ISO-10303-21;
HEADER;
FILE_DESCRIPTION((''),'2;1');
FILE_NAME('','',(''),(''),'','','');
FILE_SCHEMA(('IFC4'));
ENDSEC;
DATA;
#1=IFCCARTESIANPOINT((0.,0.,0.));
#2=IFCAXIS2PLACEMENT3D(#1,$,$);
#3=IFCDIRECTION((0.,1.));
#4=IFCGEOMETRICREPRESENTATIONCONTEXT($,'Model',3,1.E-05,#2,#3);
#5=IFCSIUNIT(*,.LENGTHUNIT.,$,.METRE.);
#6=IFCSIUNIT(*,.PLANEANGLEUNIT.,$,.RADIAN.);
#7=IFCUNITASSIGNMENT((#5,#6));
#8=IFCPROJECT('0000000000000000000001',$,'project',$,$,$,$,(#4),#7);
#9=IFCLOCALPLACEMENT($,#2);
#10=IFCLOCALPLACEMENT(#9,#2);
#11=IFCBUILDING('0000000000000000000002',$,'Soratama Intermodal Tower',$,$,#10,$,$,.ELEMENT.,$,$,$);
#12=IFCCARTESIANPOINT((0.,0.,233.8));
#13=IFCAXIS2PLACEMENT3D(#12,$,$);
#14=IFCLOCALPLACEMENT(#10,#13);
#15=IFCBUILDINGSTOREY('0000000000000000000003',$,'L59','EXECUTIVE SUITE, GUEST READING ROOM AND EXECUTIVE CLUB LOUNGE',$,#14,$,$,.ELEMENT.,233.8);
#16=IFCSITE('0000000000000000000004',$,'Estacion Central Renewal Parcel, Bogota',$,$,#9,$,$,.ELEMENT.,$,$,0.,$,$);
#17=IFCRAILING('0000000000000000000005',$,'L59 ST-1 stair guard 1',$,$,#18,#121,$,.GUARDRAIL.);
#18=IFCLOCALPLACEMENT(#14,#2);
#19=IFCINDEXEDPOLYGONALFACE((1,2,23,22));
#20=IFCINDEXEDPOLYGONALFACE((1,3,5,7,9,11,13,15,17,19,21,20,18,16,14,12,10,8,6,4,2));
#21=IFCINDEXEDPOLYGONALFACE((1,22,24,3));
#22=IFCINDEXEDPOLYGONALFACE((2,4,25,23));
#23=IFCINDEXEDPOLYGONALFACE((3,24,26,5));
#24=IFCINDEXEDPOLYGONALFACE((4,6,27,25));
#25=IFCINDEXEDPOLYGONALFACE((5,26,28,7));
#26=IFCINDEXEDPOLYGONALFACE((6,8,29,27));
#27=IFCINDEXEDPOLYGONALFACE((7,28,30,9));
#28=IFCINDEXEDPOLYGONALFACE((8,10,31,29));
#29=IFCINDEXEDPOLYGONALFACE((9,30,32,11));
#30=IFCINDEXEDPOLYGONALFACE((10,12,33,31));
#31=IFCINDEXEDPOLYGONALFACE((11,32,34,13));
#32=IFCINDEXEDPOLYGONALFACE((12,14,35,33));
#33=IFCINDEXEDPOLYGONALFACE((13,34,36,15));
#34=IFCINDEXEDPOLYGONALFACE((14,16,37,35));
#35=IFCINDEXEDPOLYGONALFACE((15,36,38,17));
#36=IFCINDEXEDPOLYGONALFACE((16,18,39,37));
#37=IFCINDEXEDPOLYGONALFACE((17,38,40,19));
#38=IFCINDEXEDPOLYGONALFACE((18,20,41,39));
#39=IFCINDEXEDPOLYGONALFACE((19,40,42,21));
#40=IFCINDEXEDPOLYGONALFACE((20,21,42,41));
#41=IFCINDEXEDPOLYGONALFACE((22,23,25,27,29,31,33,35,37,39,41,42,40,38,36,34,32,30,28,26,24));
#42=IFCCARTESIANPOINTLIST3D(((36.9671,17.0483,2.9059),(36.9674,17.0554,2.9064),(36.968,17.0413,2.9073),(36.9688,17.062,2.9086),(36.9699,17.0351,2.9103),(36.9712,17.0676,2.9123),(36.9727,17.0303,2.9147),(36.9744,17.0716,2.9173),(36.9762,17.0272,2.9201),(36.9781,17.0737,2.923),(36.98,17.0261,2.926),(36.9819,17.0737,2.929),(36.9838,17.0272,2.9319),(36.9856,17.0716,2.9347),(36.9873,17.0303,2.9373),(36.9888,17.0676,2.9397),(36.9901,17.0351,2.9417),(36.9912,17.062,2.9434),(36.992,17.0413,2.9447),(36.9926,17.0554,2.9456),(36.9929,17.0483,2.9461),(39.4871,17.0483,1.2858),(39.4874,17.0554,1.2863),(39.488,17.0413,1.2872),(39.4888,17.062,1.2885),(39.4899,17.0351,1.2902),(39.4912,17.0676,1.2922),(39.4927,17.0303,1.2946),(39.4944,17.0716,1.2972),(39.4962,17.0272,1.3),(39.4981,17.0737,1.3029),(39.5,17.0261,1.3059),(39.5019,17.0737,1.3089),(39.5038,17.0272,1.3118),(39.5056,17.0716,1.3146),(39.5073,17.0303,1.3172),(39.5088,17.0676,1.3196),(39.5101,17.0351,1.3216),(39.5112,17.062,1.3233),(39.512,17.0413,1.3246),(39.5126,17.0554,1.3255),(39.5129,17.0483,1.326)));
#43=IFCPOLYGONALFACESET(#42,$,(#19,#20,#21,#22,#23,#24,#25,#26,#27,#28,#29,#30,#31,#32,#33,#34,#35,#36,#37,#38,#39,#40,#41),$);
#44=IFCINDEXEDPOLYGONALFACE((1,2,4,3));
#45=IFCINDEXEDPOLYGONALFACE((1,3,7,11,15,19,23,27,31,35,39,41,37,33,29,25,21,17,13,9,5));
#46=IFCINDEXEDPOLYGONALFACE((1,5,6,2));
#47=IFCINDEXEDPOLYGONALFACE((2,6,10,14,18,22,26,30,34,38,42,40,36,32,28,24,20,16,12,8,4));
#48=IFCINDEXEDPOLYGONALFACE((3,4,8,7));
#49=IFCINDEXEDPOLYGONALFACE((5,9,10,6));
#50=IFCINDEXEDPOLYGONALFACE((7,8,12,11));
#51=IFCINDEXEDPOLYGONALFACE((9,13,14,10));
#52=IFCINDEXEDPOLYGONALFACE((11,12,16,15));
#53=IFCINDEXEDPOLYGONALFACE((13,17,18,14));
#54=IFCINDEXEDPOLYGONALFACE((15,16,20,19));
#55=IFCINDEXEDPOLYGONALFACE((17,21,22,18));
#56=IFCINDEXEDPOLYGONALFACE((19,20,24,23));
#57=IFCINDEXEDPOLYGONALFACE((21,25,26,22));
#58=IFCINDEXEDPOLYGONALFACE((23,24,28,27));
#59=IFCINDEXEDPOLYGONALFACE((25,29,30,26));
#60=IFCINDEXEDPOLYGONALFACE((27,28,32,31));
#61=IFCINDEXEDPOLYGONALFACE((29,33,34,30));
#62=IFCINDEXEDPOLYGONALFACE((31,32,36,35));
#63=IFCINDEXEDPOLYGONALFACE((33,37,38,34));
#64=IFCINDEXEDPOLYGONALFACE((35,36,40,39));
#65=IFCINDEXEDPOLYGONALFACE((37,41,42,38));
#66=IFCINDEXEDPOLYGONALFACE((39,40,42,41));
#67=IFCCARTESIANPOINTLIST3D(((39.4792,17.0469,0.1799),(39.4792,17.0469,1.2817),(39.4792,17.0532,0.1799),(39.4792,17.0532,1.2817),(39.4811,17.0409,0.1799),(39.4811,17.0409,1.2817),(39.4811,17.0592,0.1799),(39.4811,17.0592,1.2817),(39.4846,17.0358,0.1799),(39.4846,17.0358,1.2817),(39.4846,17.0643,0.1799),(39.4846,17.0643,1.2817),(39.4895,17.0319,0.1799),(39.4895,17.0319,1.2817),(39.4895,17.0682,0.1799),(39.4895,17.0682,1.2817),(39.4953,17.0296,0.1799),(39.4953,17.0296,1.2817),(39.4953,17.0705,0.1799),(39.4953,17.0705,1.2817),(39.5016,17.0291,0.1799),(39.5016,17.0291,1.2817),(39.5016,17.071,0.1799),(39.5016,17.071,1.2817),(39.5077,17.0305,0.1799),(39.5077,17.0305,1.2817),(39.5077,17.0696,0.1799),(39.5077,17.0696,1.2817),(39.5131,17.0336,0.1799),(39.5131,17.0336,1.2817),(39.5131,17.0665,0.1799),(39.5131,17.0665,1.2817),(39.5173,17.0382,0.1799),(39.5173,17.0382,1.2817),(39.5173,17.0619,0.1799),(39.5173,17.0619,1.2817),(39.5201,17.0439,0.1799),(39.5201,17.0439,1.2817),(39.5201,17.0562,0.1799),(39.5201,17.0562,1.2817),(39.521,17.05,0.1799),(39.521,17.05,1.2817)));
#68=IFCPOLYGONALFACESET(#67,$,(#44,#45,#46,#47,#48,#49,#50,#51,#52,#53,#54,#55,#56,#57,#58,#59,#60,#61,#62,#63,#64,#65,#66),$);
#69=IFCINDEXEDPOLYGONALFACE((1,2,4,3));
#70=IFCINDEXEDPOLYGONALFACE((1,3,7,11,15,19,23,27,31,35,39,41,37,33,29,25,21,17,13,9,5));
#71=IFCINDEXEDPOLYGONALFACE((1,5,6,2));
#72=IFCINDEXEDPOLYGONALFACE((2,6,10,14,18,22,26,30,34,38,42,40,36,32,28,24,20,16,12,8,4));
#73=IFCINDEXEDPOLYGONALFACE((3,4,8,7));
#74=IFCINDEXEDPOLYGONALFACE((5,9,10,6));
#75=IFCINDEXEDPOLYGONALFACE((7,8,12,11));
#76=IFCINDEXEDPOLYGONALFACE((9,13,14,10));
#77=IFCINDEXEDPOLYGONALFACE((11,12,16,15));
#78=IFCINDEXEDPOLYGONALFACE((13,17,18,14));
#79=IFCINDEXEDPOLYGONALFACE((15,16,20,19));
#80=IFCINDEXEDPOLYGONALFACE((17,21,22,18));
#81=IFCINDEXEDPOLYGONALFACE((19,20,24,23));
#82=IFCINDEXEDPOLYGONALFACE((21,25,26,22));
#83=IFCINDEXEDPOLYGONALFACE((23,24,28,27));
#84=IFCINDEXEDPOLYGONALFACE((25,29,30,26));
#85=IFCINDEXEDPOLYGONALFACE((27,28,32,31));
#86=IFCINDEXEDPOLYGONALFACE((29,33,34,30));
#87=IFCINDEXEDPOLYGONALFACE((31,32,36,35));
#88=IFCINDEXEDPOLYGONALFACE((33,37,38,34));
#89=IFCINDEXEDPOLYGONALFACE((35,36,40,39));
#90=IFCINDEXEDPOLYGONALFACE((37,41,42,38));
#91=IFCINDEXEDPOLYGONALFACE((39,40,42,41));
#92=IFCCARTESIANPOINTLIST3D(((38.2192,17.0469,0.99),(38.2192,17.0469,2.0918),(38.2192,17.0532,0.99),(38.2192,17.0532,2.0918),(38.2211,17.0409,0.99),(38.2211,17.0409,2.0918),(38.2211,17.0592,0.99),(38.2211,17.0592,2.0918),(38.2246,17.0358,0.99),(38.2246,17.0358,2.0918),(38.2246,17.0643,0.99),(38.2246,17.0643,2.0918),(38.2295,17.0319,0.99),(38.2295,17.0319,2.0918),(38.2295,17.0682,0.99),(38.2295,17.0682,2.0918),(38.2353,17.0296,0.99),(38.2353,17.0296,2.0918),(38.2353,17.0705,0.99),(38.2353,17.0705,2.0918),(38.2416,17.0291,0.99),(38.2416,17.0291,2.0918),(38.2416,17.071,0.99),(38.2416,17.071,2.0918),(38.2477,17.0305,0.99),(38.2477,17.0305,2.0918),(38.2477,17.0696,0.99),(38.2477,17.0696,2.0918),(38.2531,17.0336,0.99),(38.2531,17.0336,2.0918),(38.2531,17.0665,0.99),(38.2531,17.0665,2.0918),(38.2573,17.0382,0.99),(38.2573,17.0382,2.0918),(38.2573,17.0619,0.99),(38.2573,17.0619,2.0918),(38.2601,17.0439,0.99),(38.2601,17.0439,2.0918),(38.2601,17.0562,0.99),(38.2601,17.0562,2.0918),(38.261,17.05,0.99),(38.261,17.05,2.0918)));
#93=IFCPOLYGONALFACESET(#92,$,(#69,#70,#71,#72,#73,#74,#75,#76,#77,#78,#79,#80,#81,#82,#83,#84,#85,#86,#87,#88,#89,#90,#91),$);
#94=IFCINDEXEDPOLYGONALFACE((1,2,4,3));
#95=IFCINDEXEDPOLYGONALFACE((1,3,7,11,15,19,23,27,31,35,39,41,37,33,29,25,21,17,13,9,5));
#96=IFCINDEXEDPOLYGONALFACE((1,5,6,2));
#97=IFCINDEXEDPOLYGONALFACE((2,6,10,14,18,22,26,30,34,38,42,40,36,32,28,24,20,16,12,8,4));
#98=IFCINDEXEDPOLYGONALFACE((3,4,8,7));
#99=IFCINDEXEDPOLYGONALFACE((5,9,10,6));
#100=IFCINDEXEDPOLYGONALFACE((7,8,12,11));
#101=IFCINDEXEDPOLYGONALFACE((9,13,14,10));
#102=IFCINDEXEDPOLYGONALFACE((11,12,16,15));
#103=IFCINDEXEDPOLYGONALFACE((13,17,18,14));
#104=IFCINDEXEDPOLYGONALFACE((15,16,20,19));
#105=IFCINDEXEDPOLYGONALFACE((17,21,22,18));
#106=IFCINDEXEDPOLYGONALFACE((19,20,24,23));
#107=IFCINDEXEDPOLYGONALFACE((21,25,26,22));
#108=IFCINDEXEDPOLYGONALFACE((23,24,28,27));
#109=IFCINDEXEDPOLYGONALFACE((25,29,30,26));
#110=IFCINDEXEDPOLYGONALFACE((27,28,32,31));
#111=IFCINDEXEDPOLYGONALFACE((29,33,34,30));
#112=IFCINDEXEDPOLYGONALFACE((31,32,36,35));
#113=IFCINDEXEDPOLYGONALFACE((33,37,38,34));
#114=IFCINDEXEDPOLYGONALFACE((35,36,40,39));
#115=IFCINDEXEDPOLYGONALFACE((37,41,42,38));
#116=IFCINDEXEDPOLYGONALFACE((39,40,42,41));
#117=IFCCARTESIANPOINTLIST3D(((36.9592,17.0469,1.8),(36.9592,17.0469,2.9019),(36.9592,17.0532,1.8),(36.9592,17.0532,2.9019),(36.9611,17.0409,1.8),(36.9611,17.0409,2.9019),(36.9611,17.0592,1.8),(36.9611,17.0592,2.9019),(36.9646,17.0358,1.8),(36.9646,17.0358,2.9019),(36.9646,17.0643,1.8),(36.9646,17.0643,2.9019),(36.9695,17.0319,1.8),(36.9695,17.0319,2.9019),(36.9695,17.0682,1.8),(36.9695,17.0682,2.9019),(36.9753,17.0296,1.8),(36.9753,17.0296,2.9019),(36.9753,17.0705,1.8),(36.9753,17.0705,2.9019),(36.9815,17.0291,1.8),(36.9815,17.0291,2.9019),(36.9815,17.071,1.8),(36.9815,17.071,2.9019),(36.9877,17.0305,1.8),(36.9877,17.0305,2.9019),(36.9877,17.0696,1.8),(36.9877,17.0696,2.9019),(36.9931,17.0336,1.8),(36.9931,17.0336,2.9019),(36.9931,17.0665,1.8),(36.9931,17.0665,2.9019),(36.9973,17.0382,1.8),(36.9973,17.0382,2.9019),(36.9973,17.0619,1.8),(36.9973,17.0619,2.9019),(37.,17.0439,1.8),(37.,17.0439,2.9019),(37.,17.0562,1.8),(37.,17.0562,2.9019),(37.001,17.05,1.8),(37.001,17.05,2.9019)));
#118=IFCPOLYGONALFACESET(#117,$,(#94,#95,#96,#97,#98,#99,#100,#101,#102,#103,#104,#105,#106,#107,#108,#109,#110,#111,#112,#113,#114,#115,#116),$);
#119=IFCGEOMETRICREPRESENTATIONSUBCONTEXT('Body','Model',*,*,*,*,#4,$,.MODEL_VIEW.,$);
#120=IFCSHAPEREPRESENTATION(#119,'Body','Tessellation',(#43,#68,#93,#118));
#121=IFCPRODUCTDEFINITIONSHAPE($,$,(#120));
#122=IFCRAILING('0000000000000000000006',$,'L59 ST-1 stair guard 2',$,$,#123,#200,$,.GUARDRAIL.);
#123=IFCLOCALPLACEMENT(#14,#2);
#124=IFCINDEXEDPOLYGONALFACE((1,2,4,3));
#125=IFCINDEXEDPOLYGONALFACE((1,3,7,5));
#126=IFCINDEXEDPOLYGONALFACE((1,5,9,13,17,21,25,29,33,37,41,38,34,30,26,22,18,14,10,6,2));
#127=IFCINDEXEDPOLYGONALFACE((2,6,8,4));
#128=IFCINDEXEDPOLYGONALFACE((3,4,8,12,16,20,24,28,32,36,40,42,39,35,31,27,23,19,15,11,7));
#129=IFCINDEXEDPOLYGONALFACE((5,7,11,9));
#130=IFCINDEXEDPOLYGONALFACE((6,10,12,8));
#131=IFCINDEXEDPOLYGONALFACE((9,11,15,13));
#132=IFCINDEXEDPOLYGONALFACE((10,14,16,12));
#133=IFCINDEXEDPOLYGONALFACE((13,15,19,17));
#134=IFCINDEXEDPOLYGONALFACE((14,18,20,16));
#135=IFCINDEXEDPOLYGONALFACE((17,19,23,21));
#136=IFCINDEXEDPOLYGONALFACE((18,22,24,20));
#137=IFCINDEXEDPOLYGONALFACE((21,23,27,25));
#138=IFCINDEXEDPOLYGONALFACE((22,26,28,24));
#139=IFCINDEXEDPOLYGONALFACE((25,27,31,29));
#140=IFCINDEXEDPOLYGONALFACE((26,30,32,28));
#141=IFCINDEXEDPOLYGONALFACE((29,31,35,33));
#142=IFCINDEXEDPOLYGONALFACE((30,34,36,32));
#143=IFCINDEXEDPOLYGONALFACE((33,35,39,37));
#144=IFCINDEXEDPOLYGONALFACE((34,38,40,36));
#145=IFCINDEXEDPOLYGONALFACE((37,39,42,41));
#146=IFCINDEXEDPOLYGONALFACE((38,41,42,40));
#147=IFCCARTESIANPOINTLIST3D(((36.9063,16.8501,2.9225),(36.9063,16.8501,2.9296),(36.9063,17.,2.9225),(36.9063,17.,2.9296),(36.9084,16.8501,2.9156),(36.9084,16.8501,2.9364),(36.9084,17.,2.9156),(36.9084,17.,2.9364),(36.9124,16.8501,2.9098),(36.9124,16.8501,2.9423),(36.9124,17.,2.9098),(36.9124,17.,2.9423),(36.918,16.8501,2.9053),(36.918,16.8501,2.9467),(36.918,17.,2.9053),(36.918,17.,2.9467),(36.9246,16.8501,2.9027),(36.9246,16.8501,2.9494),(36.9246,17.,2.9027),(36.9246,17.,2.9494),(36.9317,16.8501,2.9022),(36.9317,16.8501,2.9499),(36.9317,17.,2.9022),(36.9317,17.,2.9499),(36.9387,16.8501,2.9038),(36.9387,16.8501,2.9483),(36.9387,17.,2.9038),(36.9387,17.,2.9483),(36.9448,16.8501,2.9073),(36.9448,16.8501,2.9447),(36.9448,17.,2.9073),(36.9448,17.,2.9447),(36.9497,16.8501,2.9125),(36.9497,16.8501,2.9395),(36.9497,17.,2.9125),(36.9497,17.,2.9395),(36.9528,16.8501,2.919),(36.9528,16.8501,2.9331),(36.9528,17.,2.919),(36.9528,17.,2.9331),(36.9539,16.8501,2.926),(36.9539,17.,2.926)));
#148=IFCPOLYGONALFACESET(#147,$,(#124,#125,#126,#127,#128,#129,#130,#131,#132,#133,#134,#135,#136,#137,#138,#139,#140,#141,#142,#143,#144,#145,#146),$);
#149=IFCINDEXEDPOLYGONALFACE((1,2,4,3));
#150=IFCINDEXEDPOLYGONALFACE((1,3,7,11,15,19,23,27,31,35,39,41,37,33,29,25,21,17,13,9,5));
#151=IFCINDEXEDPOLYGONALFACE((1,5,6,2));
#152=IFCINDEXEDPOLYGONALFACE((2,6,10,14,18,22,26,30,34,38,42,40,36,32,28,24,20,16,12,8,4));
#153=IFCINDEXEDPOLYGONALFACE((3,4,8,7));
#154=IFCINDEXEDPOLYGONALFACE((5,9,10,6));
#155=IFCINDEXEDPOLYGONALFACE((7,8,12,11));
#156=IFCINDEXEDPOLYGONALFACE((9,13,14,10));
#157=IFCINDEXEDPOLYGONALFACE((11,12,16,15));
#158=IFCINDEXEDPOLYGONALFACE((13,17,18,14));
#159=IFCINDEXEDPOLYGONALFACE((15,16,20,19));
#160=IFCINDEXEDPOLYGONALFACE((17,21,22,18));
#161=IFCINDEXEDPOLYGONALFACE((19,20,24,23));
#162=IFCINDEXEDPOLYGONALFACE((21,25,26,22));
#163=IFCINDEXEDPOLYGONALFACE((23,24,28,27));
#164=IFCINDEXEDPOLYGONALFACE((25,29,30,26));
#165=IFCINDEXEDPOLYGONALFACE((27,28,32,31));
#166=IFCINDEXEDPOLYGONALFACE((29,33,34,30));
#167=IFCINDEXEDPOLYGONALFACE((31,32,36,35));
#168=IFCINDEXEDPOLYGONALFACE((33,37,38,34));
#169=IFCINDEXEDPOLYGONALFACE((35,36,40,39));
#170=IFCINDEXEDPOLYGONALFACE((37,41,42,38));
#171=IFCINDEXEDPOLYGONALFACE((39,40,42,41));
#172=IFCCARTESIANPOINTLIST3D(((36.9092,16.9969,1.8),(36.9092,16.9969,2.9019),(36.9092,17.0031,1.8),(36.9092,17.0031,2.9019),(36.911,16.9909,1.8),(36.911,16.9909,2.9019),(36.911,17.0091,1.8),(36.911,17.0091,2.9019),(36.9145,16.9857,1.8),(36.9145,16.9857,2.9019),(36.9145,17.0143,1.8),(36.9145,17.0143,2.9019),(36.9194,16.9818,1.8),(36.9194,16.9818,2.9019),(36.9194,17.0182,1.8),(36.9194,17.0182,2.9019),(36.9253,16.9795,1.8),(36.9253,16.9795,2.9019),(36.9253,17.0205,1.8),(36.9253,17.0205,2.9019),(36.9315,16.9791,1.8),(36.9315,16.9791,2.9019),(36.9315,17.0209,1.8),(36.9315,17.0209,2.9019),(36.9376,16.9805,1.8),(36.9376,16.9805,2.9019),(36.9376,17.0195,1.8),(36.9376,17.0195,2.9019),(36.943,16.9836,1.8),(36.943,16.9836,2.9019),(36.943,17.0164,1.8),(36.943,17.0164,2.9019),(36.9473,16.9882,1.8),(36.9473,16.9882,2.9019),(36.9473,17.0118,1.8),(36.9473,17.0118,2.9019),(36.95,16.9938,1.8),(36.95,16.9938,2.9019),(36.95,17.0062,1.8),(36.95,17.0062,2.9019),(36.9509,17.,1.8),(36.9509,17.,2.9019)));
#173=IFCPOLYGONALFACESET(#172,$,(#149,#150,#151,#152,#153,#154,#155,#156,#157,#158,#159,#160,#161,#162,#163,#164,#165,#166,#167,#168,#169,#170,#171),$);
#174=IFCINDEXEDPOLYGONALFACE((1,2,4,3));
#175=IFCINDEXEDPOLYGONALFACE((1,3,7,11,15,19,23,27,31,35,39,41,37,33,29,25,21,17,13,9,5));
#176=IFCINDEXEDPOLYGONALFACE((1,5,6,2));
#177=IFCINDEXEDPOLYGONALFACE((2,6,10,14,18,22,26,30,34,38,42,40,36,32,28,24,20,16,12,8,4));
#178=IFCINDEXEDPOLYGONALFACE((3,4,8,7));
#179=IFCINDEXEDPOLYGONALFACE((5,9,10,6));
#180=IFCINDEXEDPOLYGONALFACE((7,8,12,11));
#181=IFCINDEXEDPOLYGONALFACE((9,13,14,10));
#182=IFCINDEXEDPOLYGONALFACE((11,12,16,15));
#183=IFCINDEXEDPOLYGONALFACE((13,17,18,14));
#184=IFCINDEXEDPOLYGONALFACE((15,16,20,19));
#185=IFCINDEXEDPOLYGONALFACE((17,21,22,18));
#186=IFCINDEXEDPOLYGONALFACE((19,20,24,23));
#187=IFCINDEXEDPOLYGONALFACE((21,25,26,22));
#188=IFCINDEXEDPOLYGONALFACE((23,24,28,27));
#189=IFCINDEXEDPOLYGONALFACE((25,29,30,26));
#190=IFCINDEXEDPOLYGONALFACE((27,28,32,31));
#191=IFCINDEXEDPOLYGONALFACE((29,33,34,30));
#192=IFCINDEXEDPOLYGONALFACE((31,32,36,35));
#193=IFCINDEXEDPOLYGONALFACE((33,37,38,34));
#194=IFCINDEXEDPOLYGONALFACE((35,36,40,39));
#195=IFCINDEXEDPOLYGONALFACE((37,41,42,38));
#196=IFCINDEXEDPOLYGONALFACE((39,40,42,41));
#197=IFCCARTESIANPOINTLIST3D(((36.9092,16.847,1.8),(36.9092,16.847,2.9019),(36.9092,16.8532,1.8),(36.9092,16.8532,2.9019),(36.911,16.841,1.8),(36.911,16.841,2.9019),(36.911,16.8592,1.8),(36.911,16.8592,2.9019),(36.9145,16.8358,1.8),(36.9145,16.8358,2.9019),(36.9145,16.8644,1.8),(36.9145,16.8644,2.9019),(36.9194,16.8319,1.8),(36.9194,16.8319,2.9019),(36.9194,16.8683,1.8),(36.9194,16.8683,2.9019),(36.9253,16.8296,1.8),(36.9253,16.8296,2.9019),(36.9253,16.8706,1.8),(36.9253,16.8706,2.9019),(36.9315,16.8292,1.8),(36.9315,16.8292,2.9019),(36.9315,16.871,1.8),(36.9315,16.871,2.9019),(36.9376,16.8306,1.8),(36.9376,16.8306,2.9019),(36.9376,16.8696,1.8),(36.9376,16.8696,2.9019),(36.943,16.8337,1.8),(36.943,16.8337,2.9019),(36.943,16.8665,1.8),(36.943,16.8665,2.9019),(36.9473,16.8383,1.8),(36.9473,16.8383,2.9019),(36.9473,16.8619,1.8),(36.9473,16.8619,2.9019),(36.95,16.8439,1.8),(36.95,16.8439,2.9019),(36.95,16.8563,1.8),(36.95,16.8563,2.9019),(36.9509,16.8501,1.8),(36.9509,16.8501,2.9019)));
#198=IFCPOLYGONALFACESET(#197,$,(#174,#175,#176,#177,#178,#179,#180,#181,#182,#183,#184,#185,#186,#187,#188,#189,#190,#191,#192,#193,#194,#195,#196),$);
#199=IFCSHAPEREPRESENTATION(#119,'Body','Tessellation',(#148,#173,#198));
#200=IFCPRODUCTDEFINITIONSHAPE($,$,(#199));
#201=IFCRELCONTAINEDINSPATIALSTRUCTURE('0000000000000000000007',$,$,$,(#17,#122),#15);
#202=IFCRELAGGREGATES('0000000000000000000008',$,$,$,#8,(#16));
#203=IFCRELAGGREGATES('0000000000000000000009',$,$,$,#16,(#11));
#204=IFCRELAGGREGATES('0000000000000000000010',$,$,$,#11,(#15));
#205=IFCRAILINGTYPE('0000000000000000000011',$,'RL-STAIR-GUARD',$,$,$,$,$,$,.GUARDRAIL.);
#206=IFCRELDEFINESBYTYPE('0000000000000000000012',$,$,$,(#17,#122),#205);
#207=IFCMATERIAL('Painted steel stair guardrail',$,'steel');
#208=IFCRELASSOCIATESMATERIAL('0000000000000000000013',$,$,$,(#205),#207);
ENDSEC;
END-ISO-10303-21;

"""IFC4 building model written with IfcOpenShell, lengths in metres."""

from ifc_helpers import new_model, si_unit, direction, frame, origin, origin_2d, place, context, subcontext, project, spatial, circle, extrude, material, type_object, element, save


model = new_model("IFC4")

# Units and contexts
model_context = context("Model", 3, precision=1e-05, world=origin(), true_north=direction((0.0, 1.0)))
body_context = subcontext(model_context, "Body", "Model", "MODEL_VIEW")
ifc_project = project(units=[si_unit("LENGTHUNIT", "METRE"), si_unit("PLANEANGLEUNIT", "RADIAN")], contexts=[model_context])

# Site, building, storey
site_placement = place(None, origin())
site = spatial("IfcSite", under=ifc_project, at=site_placement, Name="Estacion Central Renewal Parcel, Bogota", CompositionType="ELEMENT", RefElevation=0.0)
building_placement = place(site_placement, origin())
building = spatial("IfcBuilding", under=site, at=building_placement, Name="Soratama Intermodal Tower", CompositionType="ELEMENT")
storey_placement = place(building_placement, frame((0.0, 0.0, 233.8)))
storey = spatial("IfcBuildingStorey", under=building, at=storey_placement, Name="L59", Description="EXECUTIVE SUITE, GUEST READING ROOM AND EXECUTIVE CLUB LOUNGE", CompositionType="ELEMENT", Elevation=233.8)

# Railings
ifc_material_1 = material(Name="Painted steel stair guardrail", Category="steel")
railing_type_1 = type_object("IfcRailingType", Name="RL-STAIR-GUARD", PredefinedType="GUARDRAIL", material=ifc_material_1)
railing_1_placement = place(storey_placement, frame((39.5, 17.05, 0.1799)))
element("IfcRailing", 1, at=railing_1_placement, inside=storey, type_object=railing_type_1, Name="L59 ST-1 stair guard 1", PredefinedType="GUARDRAIL", context=body_context, shape_type="SweptSolid", body=[
    extrude(circle(Radius=0.0239, at=origin_2d()), frame((0.0, 0.0, 1.126), z_axis=(-0.841163, 0.0, 0.540782), x_axis=(0.0, -1.0, 0.0)), (0.0, 0.0, 1.0), 2.9958),
    extrude(circle(Radius=0.021, at=origin_2d()), origin(), (0.0, 0.0, 1.0), 1.1018),
    extrude(circle(Radius=0.021, at=origin_2d()), frame((-1.26, 0.0, 0.8101)), (0.0, 0.0, 1.0), 1.1018),
    extrude(circle(Radius=0.021, at=origin_2d()), frame((-2.52, 0.0, 1.6201)), (0.0, 0.0, 1.0), 1.1018),
])
railing_2_placement = place(storey_placement, frame((36.9299, 17.0, 1.8)))
element("IfcRailing", 2, at=railing_2_placement, inside=storey, type_object=railing_type_1, Name="L59 ST-1 stair guard 2", PredefinedType="GUARDRAIL", context=body_context, shape_type="SweptSolid", body=[
    extrude(circle(Radius=0.0239, at=origin_2d()), frame((0.0, 0.0, 1.126), z_axis=(0.0, -1.0, 0.0), x_axis=(1.0, 0.0, 0.0)), (0.0, 0.0, 1.0), 0.1499),
    extrude(circle(Radius=0.021, at=origin_2d()), origin(), (0.0, 0.0, 1.0), 1.1018),
    extrude(circle(Radius=0.021, at=origin_2d()), frame((0.0, -0.1499, 0.0)), (0.0, 0.0, 1.0), 1.1018),
])

save(model, "model.ifc")
